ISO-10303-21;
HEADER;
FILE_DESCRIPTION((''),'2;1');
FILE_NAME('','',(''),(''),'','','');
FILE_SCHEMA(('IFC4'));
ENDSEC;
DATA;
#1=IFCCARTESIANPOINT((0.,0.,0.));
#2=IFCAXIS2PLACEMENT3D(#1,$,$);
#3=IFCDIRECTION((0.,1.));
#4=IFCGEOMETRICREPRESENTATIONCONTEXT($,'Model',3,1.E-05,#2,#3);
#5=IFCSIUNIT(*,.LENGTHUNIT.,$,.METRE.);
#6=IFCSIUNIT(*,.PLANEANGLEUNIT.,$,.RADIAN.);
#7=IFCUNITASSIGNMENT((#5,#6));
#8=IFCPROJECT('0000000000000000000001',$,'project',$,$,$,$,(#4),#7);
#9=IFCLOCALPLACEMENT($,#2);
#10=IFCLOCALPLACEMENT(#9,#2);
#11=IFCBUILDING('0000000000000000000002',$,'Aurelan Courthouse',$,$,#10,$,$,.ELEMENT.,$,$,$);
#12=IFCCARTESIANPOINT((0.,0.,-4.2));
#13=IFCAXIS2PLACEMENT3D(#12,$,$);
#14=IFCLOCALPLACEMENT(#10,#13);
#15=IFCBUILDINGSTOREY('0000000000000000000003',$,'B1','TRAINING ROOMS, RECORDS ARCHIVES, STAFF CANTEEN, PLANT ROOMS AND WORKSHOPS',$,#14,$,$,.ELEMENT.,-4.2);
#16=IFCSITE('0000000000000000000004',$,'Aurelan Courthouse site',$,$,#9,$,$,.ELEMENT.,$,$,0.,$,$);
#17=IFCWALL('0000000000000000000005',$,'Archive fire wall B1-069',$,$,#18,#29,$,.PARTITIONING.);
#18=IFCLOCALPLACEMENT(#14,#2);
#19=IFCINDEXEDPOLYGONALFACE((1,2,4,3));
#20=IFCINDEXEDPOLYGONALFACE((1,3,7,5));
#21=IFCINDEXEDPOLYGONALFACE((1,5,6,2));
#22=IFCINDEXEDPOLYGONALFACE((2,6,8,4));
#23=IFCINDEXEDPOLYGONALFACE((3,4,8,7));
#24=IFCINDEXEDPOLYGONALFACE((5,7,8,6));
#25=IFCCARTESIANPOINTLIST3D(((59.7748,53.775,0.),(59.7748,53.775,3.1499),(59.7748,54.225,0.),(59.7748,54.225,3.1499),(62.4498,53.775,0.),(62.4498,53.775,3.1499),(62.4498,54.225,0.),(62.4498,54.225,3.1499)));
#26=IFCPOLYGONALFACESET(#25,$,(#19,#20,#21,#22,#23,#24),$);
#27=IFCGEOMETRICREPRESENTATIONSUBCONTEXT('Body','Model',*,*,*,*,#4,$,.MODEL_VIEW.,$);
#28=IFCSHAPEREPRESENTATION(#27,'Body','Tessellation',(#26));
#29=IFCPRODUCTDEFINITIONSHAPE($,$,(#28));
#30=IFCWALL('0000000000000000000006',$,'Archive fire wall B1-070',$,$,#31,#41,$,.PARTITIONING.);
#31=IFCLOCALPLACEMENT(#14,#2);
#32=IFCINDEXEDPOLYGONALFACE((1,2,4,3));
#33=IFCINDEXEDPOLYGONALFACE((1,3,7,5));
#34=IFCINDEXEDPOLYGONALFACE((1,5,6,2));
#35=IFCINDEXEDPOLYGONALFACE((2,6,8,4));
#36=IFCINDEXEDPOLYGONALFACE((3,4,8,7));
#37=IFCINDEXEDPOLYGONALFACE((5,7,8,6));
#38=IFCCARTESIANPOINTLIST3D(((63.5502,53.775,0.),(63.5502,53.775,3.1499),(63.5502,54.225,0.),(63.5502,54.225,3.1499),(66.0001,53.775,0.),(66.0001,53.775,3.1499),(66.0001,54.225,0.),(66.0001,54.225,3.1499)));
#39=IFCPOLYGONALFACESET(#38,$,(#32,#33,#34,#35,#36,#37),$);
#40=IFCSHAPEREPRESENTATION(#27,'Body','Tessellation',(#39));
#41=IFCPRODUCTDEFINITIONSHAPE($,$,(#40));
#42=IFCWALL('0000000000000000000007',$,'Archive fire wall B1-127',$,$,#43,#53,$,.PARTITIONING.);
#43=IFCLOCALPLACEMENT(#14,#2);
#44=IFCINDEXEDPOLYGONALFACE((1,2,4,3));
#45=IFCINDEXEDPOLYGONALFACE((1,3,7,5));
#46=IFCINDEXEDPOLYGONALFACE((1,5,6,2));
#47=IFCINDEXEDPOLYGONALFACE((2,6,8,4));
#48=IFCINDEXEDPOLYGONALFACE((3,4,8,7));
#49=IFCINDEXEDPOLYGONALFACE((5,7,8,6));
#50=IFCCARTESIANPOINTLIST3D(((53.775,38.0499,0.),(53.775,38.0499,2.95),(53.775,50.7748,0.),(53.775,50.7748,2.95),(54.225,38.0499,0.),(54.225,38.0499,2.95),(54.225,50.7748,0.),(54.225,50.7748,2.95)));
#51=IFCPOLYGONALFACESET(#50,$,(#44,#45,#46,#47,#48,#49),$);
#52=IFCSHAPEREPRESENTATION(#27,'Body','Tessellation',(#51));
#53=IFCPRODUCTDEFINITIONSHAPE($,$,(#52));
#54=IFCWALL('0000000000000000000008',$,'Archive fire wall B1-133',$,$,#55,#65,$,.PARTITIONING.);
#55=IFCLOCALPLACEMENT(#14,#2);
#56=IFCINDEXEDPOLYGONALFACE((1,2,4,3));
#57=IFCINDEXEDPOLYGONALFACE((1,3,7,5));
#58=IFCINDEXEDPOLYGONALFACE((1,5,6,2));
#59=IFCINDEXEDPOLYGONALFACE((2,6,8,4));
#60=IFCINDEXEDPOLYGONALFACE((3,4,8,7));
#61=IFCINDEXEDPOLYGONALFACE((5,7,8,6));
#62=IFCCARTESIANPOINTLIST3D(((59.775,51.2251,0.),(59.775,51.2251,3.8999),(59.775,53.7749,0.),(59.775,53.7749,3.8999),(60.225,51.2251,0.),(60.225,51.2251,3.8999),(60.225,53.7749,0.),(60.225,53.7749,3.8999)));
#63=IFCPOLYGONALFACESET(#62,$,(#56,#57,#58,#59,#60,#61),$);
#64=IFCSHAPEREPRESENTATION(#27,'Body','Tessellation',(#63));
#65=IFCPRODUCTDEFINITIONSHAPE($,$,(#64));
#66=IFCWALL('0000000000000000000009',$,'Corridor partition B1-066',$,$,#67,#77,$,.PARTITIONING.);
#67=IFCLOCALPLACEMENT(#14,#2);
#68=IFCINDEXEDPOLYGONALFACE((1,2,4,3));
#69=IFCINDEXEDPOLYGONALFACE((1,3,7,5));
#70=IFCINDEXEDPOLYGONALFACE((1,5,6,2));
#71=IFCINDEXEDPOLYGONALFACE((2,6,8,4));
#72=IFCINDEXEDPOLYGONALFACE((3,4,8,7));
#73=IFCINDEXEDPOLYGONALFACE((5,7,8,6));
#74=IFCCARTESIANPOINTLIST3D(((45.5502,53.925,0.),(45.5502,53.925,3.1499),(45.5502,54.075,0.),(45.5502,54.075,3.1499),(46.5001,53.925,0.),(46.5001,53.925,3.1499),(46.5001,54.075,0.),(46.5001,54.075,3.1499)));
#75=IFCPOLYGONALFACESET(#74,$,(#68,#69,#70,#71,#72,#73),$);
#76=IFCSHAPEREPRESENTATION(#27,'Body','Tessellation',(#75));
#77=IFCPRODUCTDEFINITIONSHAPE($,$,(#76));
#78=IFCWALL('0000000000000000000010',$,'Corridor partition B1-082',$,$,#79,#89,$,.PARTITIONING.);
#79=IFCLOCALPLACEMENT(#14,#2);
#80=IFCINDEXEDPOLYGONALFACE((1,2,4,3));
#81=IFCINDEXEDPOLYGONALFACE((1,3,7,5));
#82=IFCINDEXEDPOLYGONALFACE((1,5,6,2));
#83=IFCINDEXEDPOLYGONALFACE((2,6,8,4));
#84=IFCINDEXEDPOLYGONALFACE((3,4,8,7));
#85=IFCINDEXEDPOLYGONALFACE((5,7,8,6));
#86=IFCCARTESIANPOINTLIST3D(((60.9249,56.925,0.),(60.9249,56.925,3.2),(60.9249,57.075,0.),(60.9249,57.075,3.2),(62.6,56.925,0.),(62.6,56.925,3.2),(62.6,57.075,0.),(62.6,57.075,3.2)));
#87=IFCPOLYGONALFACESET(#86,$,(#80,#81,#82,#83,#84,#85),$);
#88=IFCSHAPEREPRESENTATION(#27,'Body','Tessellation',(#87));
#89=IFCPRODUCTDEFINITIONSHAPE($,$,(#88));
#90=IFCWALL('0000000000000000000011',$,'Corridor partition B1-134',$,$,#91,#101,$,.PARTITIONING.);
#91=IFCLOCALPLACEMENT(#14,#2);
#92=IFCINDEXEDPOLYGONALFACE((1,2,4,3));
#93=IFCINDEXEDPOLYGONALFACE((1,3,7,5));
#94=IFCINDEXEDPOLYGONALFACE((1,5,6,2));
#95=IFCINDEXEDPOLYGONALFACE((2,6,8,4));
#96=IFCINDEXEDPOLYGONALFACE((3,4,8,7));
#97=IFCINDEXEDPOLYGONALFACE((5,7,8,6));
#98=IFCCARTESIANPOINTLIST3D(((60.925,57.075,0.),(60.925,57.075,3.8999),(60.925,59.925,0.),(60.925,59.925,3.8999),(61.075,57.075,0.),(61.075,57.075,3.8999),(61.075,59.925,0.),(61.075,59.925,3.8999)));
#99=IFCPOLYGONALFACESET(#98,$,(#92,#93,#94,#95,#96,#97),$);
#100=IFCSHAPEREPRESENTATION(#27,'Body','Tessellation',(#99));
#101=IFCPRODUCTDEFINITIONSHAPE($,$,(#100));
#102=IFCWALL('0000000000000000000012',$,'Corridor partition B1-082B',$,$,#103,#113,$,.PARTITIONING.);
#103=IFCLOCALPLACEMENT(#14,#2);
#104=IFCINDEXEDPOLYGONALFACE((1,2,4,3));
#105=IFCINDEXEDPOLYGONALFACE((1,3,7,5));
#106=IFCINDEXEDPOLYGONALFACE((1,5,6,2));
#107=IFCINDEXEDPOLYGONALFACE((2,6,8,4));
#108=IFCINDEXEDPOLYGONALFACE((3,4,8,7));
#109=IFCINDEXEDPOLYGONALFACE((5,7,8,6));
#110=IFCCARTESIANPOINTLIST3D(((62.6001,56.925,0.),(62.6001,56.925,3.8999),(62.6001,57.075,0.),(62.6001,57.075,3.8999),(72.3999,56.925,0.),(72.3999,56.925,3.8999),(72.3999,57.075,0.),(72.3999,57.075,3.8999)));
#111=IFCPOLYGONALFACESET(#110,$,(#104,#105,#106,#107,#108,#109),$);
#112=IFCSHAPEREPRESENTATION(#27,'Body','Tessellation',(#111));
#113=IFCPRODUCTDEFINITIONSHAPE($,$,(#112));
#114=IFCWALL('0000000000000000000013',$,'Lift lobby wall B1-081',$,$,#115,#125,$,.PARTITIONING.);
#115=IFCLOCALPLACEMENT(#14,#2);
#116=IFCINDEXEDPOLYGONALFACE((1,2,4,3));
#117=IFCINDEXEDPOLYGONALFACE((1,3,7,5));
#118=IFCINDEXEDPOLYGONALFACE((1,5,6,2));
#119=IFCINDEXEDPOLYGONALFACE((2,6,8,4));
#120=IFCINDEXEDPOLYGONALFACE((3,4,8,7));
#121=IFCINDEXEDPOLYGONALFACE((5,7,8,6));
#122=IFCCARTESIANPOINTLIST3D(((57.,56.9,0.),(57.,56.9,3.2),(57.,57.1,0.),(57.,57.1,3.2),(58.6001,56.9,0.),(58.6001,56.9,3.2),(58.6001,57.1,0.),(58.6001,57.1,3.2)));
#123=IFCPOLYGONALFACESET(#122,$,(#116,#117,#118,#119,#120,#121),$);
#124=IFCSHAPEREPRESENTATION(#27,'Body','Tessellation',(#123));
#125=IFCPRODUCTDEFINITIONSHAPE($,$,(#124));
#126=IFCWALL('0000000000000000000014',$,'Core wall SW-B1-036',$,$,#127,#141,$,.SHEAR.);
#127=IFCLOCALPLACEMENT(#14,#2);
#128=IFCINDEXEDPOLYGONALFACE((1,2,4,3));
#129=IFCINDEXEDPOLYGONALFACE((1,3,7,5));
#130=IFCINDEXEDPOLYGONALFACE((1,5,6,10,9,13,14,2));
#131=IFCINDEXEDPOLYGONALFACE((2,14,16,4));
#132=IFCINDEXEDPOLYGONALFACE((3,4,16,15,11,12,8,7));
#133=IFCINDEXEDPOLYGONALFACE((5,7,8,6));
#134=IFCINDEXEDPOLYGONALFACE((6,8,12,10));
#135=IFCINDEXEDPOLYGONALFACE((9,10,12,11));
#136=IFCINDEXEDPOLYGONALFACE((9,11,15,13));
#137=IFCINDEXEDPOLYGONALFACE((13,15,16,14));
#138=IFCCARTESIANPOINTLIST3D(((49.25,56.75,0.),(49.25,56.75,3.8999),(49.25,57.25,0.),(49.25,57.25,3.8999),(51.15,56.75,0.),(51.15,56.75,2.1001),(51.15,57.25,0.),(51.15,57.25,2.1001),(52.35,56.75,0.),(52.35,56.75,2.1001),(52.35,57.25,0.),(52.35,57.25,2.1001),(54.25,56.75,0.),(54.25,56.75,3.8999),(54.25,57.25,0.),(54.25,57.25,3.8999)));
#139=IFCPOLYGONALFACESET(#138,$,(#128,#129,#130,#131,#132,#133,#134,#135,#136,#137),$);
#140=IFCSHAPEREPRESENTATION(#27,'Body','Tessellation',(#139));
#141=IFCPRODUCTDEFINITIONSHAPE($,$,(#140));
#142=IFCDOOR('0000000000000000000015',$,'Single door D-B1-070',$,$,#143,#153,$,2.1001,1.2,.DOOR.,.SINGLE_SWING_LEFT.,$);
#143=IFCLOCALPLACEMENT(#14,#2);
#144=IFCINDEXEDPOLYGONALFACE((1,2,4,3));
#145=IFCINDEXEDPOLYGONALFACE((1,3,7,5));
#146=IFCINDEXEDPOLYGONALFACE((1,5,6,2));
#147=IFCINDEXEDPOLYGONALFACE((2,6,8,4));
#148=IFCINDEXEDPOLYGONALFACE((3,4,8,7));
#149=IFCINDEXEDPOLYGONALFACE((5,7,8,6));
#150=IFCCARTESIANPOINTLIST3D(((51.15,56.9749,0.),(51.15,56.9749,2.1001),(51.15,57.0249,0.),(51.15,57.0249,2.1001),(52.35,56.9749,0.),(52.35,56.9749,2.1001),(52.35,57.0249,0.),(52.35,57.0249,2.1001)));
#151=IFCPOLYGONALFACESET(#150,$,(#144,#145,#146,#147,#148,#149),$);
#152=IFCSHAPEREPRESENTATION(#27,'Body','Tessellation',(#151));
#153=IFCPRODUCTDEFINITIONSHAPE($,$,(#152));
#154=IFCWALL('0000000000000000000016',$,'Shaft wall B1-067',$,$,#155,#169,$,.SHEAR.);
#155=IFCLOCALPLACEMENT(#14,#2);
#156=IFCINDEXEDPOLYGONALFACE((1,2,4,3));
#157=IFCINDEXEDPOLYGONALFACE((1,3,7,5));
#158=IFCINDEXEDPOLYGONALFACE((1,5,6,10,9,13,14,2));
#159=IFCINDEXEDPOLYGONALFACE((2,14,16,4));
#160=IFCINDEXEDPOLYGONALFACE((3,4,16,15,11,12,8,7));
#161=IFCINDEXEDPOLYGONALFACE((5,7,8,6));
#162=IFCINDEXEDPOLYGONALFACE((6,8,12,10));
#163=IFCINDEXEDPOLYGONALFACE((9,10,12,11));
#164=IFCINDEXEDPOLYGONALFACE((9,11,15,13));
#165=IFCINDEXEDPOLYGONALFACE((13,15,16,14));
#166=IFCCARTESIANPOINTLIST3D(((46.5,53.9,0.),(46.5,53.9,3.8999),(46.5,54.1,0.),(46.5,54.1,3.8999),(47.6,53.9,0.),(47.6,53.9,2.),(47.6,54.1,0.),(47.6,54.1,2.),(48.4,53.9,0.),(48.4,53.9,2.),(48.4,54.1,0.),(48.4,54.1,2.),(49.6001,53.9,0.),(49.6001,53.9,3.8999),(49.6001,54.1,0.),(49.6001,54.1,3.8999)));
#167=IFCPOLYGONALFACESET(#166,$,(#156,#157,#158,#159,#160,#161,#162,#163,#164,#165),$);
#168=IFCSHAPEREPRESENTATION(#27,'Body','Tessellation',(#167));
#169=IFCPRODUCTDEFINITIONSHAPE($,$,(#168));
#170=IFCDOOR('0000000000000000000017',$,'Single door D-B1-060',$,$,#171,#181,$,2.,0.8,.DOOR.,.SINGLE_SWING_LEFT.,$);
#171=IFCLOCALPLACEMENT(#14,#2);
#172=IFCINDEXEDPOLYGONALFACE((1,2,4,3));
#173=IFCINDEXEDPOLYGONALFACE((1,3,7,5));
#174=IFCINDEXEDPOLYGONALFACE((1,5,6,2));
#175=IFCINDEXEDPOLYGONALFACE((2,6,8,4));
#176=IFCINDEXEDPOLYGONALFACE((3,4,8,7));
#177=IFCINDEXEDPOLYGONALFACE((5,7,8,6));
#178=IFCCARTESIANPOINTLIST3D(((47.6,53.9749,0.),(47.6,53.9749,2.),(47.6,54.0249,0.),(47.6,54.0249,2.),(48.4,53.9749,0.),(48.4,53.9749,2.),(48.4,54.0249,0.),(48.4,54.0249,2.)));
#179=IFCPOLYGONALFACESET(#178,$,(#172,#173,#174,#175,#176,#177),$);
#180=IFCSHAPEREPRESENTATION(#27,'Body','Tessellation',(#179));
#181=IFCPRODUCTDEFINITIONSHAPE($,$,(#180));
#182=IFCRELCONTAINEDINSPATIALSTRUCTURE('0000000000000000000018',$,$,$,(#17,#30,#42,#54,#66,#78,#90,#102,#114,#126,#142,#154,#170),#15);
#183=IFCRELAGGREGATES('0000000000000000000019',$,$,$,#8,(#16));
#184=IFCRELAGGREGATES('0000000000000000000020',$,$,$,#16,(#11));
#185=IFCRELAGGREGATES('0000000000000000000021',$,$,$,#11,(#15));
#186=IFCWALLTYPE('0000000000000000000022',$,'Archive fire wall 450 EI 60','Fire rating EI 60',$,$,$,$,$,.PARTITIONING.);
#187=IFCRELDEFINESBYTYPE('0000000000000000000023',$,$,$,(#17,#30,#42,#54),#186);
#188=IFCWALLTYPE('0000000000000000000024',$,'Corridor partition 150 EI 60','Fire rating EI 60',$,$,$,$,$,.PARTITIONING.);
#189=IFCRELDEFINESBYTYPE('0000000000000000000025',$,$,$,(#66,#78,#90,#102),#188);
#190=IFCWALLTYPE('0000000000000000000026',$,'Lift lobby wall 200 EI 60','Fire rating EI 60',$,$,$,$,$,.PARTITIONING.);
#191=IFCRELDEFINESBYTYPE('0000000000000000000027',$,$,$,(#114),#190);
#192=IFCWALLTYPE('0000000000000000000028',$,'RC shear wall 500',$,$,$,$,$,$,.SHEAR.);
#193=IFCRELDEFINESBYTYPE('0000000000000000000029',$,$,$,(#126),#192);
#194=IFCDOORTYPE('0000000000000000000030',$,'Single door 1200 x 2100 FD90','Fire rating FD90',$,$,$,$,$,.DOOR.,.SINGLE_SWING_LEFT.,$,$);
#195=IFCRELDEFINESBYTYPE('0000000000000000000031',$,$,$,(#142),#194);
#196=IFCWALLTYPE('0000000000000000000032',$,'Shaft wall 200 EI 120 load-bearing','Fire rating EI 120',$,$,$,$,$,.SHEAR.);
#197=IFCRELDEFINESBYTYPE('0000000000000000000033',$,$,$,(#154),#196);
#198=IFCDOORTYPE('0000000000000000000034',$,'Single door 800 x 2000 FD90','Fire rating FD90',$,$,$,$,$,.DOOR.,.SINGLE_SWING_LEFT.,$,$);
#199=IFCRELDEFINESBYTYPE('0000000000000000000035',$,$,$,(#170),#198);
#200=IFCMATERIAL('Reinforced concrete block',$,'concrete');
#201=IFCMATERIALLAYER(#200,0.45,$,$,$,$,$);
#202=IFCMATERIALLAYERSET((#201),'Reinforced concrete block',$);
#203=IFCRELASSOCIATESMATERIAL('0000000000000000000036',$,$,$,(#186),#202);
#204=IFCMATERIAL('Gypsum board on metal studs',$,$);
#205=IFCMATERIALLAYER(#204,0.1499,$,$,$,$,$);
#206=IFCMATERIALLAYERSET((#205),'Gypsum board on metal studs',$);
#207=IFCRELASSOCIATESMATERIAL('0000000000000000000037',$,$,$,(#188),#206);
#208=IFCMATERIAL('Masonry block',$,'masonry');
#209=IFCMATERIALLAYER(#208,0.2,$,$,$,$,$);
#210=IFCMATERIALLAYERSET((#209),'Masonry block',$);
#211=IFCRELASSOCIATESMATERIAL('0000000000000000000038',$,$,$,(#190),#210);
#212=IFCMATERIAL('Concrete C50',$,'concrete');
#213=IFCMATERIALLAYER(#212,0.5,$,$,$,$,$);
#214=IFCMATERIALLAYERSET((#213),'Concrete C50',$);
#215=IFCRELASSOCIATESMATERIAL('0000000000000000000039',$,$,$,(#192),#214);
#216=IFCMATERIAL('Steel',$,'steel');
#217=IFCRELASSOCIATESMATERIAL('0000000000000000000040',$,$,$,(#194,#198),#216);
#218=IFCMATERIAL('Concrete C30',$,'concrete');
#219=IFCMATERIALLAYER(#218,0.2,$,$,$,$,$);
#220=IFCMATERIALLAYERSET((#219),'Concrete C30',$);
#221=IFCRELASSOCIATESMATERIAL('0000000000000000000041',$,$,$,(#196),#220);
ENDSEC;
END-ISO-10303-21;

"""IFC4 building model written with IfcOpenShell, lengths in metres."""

from ifc_helpers import new_model, si_unit, direction, frame, frame_2d, origin, place, context, subcontext, project, spatial, rectangle, extrude, material, layer, layer_set, type_object, element, fill, save


model = new_model("IFC4")

# Units and contexts
model_context = context("Model", 3, precision=1e-05, world=origin(), true_north=direction((0.0, 1.0)))
body_context = subcontext(model_context, "Body", "Model", "MODEL_VIEW")
ifc_project = project(units=[si_unit("LENGTHUNIT", "METRE"), si_unit("PLANEANGLEUNIT", "RADIAN")], contexts=[model_context])

# Site, building, storey
site_placement = place(None, origin())
site = spatial("IfcSite", under=ifc_project, at=site_placement, Name="Aurelan Courthouse site", CompositionType="ELEMENT", RefElevation=0.0)
building_placement = place(site_placement, origin())
building = spatial("IfcBuilding", under=site, at=building_placement, Name="Aurelan Courthouse", CompositionType="ELEMENT")
storey_placement = place(building_placement, frame((0.0, 0.0, -4.2)))
storey = spatial("IfcBuildingStorey", under=building, at=storey_placement, Name="B1", Description="TRAINING ROOMS, RECORDS ARCHIVES, STAFF CANTEEN, PLANT ROOMS AND WORKSHOPS", CompositionType="ELEMENT", Elevation=-4.2)

# Shared definitions
ifc_material_1 = material(Name="Concrete C50", Category="concrete")

# Walls
ifc_material_2 = material(Name="Reinforced concrete block", Category="concrete")
ifc_layer_1 = layer(ifc_material_2, 0.45)
ifc_layer_set_1 = layer_set([ifc_layer_1], Name="Reinforced concrete block")
wall_type_1 = type_object("IfcWallType", Name="Archive fire wall 450 EI 60", Description="Fire rating EI 60", PredefinedType="PARTITIONING", material=ifc_layer_set_1)
wall_1_placement = place(storey_placement, frame((59.7749, 54.0, 0.0), z_axis=(0.0, 0.0, 1.0), x_axis=(1.0, 0.0, 0.0)))
element("IfcWall", 1, at=wall_1_placement, inside=storey, type_object=wall_type_1, Name="Archive fire wall B1-069", PredefinedType="PARTITIONING", context=body_context, shape_type="SweptSolid", body=[
    extrude(rectangle(XDim=2.675, YDim=0.45, at=frame_2d((1.3374, 0.0))), origin(), (0.0, 0.0, 1.0), 3.1499),
])
wall_2_placement = place(storey_placement, frame((63.55, 54.0, 0.0), z_axis=(0.0, 0.0, 1.0), x_axis=(1.0, 0.0, 0.0)))
element("IfcWall", 2, at=wall_2_placement, inside=storey, type_object=wall_type_1, Name="Archive fire wall B1-070", PredefinedType="PARTITIONING", context=body_context, shape_type="SweptSolid", body=[
    extrude(rectangle(XDim=2.45, YDim=0.45, at=frame_2d((1.2251, 0.0))), origin(), (0.0, 0.0, 1.0), 3.1499),
])
wall_3_placement = place(storey_placement, frame((54.0, 38.05, 0.0), z_axis=(0.0, 0.0, 1.0), x_axis=(0.0, 1.0, 0.0)))
element("IfcWall", 3, at=wall_3_placement, inside=storey, type_object=wall_type_1, Name="Archive fire wall B1-127", PredefinedType="PARTITIONING", context=body_context, shape_type="SweptSolid", body=[
    extrude(rectangle(XDim=12.7249, YDim=0.45, at=frame_2d((6.3623, 0.0))), origin(), (0.0, 0.0, 1.0), 2.95),
])
wall_4_placement = place(storey_placement, frame((60.0, 51.2251, 0.0), z_axis=(0.0, 0.0, 1.0), x_axis=(0.0, 1.0, 0.0)))
element("IfcWall", 4, at=wall_4_placement, inside=storey, type_object=wall_type_1, Name="Archive fire wall B1-133", PredefinedType="PARTITIONING", context=body_context, shape_type="SweptSolid", body=[
    extrude(rectangle(XDim=2.5498, YDim=0.45, at=frame_2d((1.2749, 0.0))), origin(), (0.0, 0.0, 1.0), 3.8999),
])
ifc_material_3 = material(Name="Gypsum board on metal studs")
ifc_layer_2 = layer(ifc_material_3, 0.1499)
ifc_layer_set_2 = layer_set([ifc_layer_2], Name="Gypsum board on metal studs")
wall_type_2 = type_object("IfcWallType", Name="Corridor partition 150 EI 60", Description="Fire rating EI 60", PredefinedType="PARTITIONING", material=ifc_layer_set_2)
wall_5_placement = place(storey_placement, frame((45.55, 54.0, 0.0), z_axis=(0.0, 0.0, 1.0), x_axis=(1.0, 0.0, 0.0)))
element("IfcWall", 5, at=wall_5_placement, inside=storey, type_object=wall_type_2, Name="Corridor partition B1-066", PredefinedType="PARTITIONING", context=body_context, shape_type="SweptSolid", body=[
    extrude(rectangle(XDim=0.95, YDim=0.1499, at=frame_2d((0.4751, 0.0))), origin(), (0.0, 0.0, 1.0), 3.1499),
])
wall_6_placement = place(storey_placement, frame((60.925, 57.0, 0.0), z_axis=(0.0, 0.0, 1.0), x_axis=(1.0, 0.0, 0.0)))
element("IfcWall", 6, at=wall_6_placement, inside=storey, type_object=wall_type_2, Name="Corridor partition B1-082", PredefinedType="PARTITIONING", context=body_context, shape_type="SweptSolid", body=[
    extrude(rectangle(XDim=1.675, YDim=0.1499, at=frame_2d((0.8374, 0.0))), origin(), (0.0, 0.0, 1.0), 3.2),
])
wall_7_placement = place(storey_placement, frame((61.0, 57.075, 0.0), z_axis=(0.0, 0.0, 1.0), x_axis=(0.0, 1.0, 0.0)))
element("IfcWall", 7, at=wall_7_placement, inside=storey, type_object=wall_type_2, Name="Corridor partition B1-134", PredefinedType="PARTITIONING", context=body_context, shape_type="SweptSolid", body=[
    extrude(rectangle(XDim=2.8501, YDim=0.1499, at=frame_2d((1.425, 0.0))), origin(), (0.0, 0.0, 1.0), 3.8999),
])
wall_8_placement = place(storey_placement, frame((62.6001, 57.0, 0.0), z_axis=(0.0, 0.0, 1.0), x_axis=(1.0, 0.0, 0.0)))
element("IfcWall", 8, at=wall_8_placement, inside=storey, type_object=wall_type_2, Name="Corridor partition B1-082B", PredefinedType="PARTITIONING", context=body_context, shape_type="SweptSolid", body=[
    extrude(rectangle(XDim=9.7998, YDim=0.1499, at=frame_2d((4.8999, 0.0))), origin(), (0.0, 0.0, 1.0), 3.8999),
])
ifc_material_4 = material(Name="Masonry block", Category="masonry")
ifc_layer_3 = layer(ifc_material_4, 0.2)
ifc_layer_set_3 = layer_set([ifc_layer_3], Name="Masonry block")
wall_type_3 = type_object("IfcWallType", Name="Lift lobby wall 200 EI 60", Description="Fire rating EI 60", PredefinedType="PARTITIONING", material=ifc_layer_set_3)
wall_9_placement = place(storey_placement, frame((57.0, 57.0, 0.0), z_axis=(0.0, 0.0, 1.0), x_axis=(1.0, 0.0, 0.0)))
element("IfcWall", 9, at=wall_9_placement, inside=storey, type_object=wall_type_3, Name="Lift lobby wall B1-081", PredefinedType="PARTITIONING", context=body_context, shape_type="SweptSolid", body=[
    extrude(rectangle(XDim=1.6001, YDim=0.2, at=frame_2d((0.8, 0.0))), origin(), (0.0, 0.0, 1.0), 3.2),
])

# Walls, openings, doors
ifc_layer_4 = layer(ifc_material_1, 0.5)
ifc_layer_set_4 = layer_set([ifc_layer_4], Name="Concrete C50")
wall_type_4 = type_object("IfcWallType", Name="RC shear wall 500", PredefinedType="SHEAR", material=ifc_layer_set_4)
wall_10_placement = place(storey_placement, frame((49.25, 57.0, 0.0), z_axis=(0.0, 0.0, 1.0), x_axis=(1.0, 0.0, 0.0)))
wall_10 = element("IfcWall", 10, at=wall_10_placement, inside=storey, type_object=wall_type_4, Name="Core wall SW-B1-036", PredefinedType="SHEAR", context=body_context, shape_type="SweptSolid", body=[
    extrude(rectangle(XDim=5.0, YDim=0.5, at=frame_2d((2.5, 0.0))), origin(), (0.0, 0.0, 1.0), 3.8999),
])
opening_1_placement = place(wall_10_placement, frame((1.8999, 0.0, 0.0)))
opening_1 = element("IfcOpeningElement", 11, at=opening_1_placement, cuts=wall_10, PredefinedType="OPENING", context=body_context, shape_type="SweptSolid", body=[
    extrude(rectangle(XDim=1.2, YDim=2.1001, at=frame_2d((0.6001, 1.05))), frame((0.0, 0.26, 0.0), z_axis=(0.0, -1.0, 0.0), x_axis=(1.0, 0.0, 0.0)), (0.0, 0.0, 1.0), 0.52),
])
ifc_material_5 = material(Name="Steel", Category="steel")
door_type_1 = type_object("IfcDoorType", Name="Single door 1200 x 2100 FD90", Description="Fire rating FD90", OperationType="SINGLE_SWING_LEFT", PredefinedType="DOOR", material=ifc_material_5)
door_1_placement = place(opening_1_placement, origin())
door_1 = element("IfcDoor", 12, at=door_1_placement, inside=storey, type_object=door_type_1, Name="Single door D-B1-070", OperationType="SINGLE_SWING_LEFT", OverallHeight=2.1001, OverallWidth=1.2, PredefinedType="DOOR", context=body_context, shape_type="SweptSolid", body=[
    extrude(rectangle(XDim=1.2, YDim=2.1001, at=frame_2d((0.6001, 1.05))), frame((0.0, 0.0249, 0.0), z_axis=(0.0, -1.0, 0.0), x_axis=(1.0, 0.0, 0.0)), (0.0, 0.0, 1.0), 0.05),
])
fill(opening_1, door_1)
ifc_material_6 = material(Name="Concrete C30", Category="concrete")
ifc_layer_5 = layer(ifc_material_6, 0.2)
ifc_layer_set_5 = layer_set([ifc_layer_5], Name="Concrete C30")
wall_type_5 = type_object("IfcWallType", Name="Shaft wall 200 EI 120 load-bearing", Description="Fire rating EI 120", PredefinedType="SHEAR", material=ifc_layer_set_5)
wall_11_placement = place(storey_placement, frame((46.5, 54.0, 0.0), z_axis=(0.0, 0.0, 1.0), x_axis=(1.0, 0.0, 0.0)))
wall_11 = element("IfcWall", 13, at=wall_11_placement, inside=storey, type_object=wall_type_5, Name="Shaft wall B1-067", PredefinedType="SHEAR", context=body_context, shape_type="SweptSolid", body=[
    extrude(rectangle(XDim=3.1001, YDim=0.2, at=frame_2d((1.55, 0.0))), origin(), (0.0, 0.0, 1.0), 3.8999),
])
opening_2_placement = place(wall_11_placement, frame((1.1001, 0.0, 0.0)))
opening_2 = element("IfcOpeningElement", 14, at=opening_2_placement, cuts=wall_11, PredefinedType="OPENING", context=body_context, shape_type="SweptSolid", body=[
    extrude(rectangle(XDim=0.8, YDim=2.0, at=frame_2d((0.3999, 1.0))), frame((0.0, 0.1099, 0.0), z_axis=(0.0, -1.0, 0.0), x_axis=(1.0, 0.0, 0.0)), (0.0, 0.0, 1.0), 0.22),
])
door_type_2 = type_object("IfcDoorType", Name="Single door 800 x 2000 FD90", Description="Fire rating FD90", OperationType="SINGLE_SWING_LEFT", PredefinedType="DOOR", material=ifc_material_5)
door_2_placement = place(opening_2_placement, origin())
door_2 = element("IfcDoor", 15, at=door_2_placement, inside=storey, type_object=door_type_2, Name="Single door D-B1-060", OperationType="SINGLE_SWING_LEFT", OverallHeight=2.0, OverallWidth=0.8, PredefinedType="DOOR", context=body_context, shape_type="SweptSolid", body=[
    extrude(rectangle(XDim=0.8, YDim=2.0, at=frame_2d((0.3999, 1.0))), frame((0.0, 0.0249, 0.0), z_axis=(0.0, -1.0, 0.0), x_axis=(1.0, 0.0, 0.0)), (0.0, 0.0, 1.0), 0.05),
])
fill(opening_2, door_2)

save(model, "model.ifc")
